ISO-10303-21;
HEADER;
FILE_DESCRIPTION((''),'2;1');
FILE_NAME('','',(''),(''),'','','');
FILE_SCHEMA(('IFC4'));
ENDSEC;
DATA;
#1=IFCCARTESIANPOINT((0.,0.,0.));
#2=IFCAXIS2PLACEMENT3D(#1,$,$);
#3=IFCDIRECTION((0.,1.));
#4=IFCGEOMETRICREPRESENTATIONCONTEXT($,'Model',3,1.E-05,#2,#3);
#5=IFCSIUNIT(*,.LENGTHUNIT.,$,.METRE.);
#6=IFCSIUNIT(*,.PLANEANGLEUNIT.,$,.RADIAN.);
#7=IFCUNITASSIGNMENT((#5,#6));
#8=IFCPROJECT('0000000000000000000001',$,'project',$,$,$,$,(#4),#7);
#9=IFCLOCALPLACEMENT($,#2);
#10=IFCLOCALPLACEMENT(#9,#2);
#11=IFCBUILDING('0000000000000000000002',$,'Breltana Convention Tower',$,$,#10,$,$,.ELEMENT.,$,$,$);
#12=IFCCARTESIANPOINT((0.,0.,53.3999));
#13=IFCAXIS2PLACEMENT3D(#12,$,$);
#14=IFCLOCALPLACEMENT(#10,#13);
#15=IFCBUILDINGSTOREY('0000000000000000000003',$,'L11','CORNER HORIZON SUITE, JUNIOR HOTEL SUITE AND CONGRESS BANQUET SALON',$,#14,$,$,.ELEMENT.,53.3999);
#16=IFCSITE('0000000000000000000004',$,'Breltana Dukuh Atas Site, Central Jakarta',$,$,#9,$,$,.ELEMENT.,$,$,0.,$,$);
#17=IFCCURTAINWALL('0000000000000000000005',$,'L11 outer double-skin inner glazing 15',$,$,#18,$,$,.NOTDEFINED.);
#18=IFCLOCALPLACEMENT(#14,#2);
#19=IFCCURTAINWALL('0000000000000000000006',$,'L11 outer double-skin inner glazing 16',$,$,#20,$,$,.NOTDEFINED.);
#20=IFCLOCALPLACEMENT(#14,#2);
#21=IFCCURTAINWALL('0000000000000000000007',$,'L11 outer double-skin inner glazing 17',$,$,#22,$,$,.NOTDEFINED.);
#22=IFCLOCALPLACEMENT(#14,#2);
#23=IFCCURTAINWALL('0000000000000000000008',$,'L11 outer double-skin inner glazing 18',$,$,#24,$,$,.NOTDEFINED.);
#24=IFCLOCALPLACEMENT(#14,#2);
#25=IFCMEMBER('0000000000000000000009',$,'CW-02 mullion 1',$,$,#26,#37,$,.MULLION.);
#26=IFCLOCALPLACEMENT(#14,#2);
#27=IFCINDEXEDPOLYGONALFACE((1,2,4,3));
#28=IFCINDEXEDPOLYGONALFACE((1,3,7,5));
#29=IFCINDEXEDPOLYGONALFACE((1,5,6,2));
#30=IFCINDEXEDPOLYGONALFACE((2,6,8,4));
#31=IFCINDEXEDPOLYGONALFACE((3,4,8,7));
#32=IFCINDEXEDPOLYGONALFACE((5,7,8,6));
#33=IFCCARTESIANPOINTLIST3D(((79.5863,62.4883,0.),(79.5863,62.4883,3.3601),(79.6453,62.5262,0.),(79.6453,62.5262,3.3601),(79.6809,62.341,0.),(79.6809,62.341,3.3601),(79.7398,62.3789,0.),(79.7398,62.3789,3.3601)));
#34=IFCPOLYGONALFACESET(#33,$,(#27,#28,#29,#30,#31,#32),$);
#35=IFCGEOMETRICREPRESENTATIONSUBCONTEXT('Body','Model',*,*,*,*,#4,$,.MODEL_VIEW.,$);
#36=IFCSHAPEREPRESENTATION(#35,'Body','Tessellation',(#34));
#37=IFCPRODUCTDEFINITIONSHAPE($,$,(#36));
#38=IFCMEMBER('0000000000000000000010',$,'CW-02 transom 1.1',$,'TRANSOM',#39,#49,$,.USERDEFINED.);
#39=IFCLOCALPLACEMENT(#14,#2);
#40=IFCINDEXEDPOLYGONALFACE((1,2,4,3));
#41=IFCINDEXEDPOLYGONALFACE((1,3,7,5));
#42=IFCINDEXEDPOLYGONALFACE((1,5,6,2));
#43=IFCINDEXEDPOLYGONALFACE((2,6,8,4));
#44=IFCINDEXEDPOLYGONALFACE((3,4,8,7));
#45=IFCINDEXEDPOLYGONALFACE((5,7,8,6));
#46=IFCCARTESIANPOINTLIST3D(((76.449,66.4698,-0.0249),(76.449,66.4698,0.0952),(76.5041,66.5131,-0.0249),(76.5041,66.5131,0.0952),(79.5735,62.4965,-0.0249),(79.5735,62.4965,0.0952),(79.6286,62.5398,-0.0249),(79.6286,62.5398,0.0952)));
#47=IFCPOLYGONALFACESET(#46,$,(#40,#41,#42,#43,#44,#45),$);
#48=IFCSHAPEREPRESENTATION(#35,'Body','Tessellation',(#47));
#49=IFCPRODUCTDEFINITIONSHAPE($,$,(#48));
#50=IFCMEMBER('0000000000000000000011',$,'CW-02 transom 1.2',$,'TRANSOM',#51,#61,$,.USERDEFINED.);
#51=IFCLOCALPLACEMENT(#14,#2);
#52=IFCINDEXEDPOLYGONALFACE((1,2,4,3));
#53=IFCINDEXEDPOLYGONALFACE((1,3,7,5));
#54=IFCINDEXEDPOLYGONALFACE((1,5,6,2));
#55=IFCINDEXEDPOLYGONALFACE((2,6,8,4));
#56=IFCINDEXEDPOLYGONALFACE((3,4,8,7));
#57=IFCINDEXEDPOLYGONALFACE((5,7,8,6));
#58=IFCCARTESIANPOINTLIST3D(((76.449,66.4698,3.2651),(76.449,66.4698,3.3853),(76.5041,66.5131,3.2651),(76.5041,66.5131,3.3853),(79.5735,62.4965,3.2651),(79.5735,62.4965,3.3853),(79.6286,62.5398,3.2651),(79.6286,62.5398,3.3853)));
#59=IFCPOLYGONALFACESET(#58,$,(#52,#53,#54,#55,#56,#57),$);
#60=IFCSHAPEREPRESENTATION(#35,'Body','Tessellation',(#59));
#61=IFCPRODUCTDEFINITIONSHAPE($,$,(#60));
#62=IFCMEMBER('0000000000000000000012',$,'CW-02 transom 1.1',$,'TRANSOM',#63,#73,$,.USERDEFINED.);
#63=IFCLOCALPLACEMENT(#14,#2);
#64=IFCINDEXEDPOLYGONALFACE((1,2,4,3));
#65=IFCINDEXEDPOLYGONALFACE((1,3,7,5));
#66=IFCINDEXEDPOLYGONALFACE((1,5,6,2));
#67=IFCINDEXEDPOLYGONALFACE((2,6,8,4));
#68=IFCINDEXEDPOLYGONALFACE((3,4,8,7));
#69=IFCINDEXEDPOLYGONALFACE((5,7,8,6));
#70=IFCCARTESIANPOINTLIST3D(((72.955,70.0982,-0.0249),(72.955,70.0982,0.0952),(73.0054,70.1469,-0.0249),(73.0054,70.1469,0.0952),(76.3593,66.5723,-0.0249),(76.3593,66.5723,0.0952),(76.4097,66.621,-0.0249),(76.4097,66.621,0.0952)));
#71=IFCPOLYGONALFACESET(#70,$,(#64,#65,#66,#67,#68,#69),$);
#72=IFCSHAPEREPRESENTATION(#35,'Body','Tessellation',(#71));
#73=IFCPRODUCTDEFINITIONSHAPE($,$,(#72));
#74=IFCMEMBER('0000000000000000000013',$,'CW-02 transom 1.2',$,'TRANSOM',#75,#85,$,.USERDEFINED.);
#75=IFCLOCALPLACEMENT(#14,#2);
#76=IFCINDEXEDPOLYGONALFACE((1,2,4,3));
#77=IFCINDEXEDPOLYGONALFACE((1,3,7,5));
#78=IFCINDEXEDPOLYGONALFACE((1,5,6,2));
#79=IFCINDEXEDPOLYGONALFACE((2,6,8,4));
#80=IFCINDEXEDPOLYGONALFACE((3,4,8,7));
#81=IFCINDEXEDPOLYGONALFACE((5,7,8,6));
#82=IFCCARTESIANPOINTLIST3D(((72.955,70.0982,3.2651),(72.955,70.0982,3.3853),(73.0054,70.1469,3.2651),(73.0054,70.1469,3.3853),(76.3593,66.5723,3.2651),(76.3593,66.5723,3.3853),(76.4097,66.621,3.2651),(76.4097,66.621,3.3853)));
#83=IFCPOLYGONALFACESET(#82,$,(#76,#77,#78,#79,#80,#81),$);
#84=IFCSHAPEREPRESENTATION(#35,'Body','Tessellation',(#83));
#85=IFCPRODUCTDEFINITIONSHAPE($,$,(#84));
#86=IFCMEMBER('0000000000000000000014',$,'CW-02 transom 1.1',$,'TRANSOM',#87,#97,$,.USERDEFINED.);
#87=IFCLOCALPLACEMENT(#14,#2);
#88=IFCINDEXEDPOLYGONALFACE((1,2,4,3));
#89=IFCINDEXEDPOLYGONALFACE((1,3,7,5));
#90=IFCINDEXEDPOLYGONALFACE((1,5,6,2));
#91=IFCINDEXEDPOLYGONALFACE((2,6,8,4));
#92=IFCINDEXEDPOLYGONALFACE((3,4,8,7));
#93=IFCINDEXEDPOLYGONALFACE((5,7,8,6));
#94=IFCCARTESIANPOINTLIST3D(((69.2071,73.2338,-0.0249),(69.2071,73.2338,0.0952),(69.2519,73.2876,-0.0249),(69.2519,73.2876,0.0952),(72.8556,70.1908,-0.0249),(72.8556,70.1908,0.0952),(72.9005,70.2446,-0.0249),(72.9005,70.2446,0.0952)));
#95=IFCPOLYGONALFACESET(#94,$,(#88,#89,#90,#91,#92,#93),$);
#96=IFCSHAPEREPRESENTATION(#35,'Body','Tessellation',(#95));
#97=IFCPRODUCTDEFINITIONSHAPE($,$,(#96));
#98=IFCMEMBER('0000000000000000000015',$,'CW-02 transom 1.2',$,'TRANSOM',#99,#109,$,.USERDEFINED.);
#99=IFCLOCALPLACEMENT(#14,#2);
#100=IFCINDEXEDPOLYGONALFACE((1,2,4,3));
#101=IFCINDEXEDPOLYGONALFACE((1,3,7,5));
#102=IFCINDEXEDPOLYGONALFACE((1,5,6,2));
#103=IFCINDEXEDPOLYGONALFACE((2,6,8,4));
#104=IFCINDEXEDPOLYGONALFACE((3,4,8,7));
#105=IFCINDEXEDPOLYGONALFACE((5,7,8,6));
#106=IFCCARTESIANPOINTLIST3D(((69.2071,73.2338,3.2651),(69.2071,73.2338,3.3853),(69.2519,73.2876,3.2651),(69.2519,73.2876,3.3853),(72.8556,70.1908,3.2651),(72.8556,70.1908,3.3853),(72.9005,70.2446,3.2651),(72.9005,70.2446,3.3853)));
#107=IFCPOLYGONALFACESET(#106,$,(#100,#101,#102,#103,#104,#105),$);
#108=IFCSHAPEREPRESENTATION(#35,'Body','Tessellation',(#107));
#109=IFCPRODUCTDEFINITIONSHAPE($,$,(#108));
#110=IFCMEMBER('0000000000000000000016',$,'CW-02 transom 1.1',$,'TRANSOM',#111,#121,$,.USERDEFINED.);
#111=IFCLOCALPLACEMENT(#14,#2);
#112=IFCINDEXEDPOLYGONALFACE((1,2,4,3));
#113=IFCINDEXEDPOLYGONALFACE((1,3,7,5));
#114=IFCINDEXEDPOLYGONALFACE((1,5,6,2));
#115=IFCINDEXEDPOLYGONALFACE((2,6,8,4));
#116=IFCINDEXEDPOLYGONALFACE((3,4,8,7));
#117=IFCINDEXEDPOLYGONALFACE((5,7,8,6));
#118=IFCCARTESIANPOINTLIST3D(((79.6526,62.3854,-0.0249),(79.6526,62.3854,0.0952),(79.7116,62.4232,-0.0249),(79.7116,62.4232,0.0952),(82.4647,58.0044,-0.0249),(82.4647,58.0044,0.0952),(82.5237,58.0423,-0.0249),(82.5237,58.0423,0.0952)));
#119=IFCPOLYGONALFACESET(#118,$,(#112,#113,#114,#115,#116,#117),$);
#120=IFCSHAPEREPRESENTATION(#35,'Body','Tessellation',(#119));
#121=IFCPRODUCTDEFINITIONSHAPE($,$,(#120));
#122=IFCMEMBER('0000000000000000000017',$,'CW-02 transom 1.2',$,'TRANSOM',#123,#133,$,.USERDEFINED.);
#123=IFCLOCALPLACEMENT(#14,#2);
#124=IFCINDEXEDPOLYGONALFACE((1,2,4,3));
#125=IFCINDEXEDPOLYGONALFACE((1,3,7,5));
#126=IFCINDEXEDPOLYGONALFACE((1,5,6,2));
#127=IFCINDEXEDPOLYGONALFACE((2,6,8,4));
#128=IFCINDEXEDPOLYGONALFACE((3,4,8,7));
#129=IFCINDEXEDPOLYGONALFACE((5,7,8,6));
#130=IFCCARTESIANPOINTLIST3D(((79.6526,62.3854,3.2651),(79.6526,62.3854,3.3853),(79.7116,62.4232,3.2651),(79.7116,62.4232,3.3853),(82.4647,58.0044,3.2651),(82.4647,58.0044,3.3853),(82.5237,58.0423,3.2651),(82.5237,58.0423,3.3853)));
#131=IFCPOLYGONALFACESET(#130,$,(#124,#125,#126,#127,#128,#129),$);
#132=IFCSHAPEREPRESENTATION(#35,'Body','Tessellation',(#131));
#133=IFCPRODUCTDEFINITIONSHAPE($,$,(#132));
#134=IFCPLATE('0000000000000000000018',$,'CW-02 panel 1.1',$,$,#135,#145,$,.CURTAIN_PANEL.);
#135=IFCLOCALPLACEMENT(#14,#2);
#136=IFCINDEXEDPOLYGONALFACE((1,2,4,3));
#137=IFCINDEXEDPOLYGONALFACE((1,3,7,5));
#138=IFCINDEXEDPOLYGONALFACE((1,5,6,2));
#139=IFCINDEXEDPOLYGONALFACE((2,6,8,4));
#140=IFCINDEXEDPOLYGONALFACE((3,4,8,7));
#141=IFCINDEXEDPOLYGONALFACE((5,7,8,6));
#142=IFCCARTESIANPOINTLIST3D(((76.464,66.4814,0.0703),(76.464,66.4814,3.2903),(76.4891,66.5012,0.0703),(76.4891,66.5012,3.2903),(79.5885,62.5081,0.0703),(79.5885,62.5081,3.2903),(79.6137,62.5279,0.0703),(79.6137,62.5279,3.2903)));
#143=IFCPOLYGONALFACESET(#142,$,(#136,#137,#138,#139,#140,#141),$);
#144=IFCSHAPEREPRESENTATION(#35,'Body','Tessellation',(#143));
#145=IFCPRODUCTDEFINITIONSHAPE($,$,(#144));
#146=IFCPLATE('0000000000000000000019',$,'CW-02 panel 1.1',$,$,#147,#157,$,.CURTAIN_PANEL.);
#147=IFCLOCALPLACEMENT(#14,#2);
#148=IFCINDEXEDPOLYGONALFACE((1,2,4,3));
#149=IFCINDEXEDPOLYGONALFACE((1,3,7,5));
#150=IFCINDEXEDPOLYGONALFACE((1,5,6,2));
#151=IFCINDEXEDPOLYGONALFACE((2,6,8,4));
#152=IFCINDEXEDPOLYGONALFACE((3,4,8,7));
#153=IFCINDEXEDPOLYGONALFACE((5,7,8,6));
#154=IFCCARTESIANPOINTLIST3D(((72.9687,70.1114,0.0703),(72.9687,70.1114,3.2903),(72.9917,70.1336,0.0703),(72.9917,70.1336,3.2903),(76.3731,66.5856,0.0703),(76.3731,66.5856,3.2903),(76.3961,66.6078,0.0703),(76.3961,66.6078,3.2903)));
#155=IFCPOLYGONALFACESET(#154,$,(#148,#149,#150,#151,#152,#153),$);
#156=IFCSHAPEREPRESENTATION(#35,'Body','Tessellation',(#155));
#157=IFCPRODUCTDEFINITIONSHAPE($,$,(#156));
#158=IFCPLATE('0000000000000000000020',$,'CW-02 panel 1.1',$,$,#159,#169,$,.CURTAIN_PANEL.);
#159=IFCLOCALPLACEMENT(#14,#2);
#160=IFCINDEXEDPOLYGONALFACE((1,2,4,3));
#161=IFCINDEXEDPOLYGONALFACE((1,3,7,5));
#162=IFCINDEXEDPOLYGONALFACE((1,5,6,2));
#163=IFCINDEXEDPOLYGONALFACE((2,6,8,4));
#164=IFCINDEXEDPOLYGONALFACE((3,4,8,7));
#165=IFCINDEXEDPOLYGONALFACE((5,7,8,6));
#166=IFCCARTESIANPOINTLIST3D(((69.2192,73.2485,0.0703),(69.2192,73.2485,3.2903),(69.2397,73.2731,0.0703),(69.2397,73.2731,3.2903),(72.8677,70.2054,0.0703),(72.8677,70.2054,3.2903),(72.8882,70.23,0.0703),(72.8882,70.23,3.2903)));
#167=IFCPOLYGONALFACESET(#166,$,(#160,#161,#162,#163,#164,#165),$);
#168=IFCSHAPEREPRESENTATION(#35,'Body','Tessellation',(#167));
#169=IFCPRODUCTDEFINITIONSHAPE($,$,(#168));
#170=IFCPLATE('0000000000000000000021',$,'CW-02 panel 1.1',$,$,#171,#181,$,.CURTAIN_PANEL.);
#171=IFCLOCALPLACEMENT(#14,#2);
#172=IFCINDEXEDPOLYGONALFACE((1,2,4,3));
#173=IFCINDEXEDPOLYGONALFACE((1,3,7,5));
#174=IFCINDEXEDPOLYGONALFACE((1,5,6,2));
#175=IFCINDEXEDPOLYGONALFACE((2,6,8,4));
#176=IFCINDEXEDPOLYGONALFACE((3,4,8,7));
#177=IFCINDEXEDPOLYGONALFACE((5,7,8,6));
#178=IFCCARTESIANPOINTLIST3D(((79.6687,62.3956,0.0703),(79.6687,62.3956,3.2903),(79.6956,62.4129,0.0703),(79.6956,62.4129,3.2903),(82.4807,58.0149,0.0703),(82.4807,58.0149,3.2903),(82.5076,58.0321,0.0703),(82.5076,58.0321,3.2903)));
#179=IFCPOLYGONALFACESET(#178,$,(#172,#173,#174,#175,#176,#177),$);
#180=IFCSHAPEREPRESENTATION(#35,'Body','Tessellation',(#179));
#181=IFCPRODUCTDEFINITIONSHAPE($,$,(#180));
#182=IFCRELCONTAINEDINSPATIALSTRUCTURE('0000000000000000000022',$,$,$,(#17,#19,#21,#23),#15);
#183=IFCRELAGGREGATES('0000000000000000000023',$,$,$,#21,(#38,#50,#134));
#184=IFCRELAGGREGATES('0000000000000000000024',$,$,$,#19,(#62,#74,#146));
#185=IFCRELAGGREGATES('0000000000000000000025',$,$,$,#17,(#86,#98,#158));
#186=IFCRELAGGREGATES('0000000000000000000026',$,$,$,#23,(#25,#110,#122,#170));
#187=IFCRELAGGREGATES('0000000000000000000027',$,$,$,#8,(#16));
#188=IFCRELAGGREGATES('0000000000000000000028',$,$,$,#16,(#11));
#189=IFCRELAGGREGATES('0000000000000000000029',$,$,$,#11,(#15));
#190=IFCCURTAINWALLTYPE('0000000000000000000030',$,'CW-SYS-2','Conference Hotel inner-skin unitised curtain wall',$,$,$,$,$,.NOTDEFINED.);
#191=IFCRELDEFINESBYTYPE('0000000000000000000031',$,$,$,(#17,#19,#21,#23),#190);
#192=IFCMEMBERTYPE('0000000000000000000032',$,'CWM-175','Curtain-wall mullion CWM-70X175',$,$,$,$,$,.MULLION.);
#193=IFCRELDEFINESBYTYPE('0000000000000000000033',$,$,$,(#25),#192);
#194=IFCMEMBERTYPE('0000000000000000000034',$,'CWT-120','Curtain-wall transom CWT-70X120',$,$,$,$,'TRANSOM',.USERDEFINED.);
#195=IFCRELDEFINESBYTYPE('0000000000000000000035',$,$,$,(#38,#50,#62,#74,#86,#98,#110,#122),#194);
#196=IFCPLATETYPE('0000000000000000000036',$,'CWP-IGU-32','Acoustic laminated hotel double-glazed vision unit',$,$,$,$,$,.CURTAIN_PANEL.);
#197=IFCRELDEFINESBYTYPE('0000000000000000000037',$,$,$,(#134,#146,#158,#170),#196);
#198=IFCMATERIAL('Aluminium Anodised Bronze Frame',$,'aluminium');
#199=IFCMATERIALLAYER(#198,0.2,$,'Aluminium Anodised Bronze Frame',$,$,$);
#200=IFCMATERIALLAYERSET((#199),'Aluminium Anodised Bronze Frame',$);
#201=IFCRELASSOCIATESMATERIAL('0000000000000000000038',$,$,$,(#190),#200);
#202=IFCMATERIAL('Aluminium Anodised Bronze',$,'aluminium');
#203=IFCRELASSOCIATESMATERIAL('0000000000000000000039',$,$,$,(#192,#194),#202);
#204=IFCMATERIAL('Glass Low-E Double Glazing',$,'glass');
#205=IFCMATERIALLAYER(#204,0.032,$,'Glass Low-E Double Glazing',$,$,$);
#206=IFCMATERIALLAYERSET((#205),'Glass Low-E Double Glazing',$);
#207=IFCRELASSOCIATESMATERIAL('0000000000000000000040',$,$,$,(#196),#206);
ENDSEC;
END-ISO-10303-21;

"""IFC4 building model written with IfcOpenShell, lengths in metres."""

from ifc_helpers import new_model, si_unit, direction, frame, origin, origin_2d, place, context, subcontext, project, spatial, rectangle, extrude, source, transform, mapped, material, layer, layer_set, material_profile, profile_set, type_object, type_shapes, element, aggregate, save


model = new_model("IFC4")

# Units and contexts
model_context = context("Model", 3, precision=1e-05, world=origin(), true_north=direction((0.0, 1.0)))
body_context = subcontext(model_context, "Body", "Model", "MODEL_VIEW")
ifc_project = project(units=[si_unit("LENGTHUNIT", "METRE"), si_unit("PLANEANGLEUNIT", "RADIAN")], contexts=[model_context])

# Site, building, storey
site_placement = place(None, origin())
site = spatial("IfcSite", under=ifc_project, at=site_placement, Name="Breltana Dukuh Atas Site, Central Jakarta", CompositionType="ELEMENT", RefElevation=0.0)
building_placement = place(site_placement, origin())
building = spatial("IfcBuilding", under=site, at=building_placement, Name="Breltana Convention Tower", CompositionType="ELEMENT")
storey_placement = place(building_placement, frame((0.0, 0.0, 53.3999)))
storey = spatial("IfcBuildingStorey", under=building, at=storey_placement, Name="L11", Description="CORNER HORIZON SUITE, JUNIOR HOTEL SUITE AND CONGRESS BANQUET SALON", CompositionType="ELEMENT", Elevation=53.3999)

# Shared definitions
ifc_material_1 = material(Name="Aluminium Anodised Bronze Frame", Category="aluminium")
ifc_layer_1 = layer(ifc_material_1, 0.2, Name="Aluminium Anodised Bronze Frame")
ifc_layer_set_1 = layer_set([ifc_layer_1], Name="Aluminium Anodised Bronze Frame")
curtain_wall_type = type_object("IfcCurtainWallType", Name="CW-SYS-2", Description="Conference Hotel inner-skin unitised curtain wall", PredefinedType="NOTDEFINED", material=ifc_layer_set_1)
ifc_material_2 = material(Name="Aluminium Anodised Bronze", Category="aluminium")
ifc_material_profile_1 = material_profile(ifc_material_2, rectangle(XDim=0.0701, YDim=0.175, at=origin_2d()), Name="CWM-70X175")
ifc_profile_set_1 = profile_set([ifc_material_profile_1], Name="Aluminium Anodised Bronze")
member_type_1 = type_object("IfcMemberType", Name="CWM-175", Description="Curtain-wall mullion CWM-70X175", PredefinedType="MULLION", material=ifc_profile_set_1)
shared_shape_1 = source(origin(), body_context, "Body", "SweptSolid", [
    extrude(rectangle(XDim=0.0701, YDim=0.175, at=origin_2d()), origin(), (0.0, 0.0, 1.0), 3.3601),
])
type_shapes(member_type_1, [shared_shape_1])

# Curtain walls
curtain_wall_1_placement = place(storey_placement, origin())
curtain_wall_1 = element("IfcCurtainWall", 1, at=curtain_wall_1_placement, inside=storey, type_object=curtain_wall_type, Name="L11 outer double-skin inner glazing 15", PredefinedType="NOTDEFINED")
curtain_wall_2_placement = place(storey_placement, origin())
curtain_wall_2 = element("IfcCurtainWall", 2, at=curtain_wall_2_placement, inside=storey, type_object=curtain_wall_type, Name="L11 outer double-skin inner glazing 16", PredefinedType="NOTDEFINED")
curtain_wall_3_placement = place(storey_placement, origin())
curtain_wall_3 = element("IfcCurtainWall", 3, at=curtain_wall_3_placement, inside=storey, type_object=curtain_wall_type, Name="L11 outer double-skin inner glazing 17", PredefinedType="NOTDEFINED")

# Curtain wall, member
curtain_wall_4_placement = place(storey_placement, origin())
curtain_wall_4 = element("IfcCurtainWall", 4, at=curtain_wall_4_placement, inside=storey, type_object=curtain_wall_type, Name="L11 outer double-skin inner glazing 18", PredefinedType="NOTDEFINED")
member_1_placement = place(storey_placement, frame((79.6631, 62.4336, 0.0), z_axis=(0.0, 0.0, 1.0), x_axis=(0.841549, 0.540181, 0.0)))
member_1 = element("IfcMember", 5, at=member_1_placement, type_object=member_type_1, Name="CW-02 mullion 1", PredefinedType="MULLION", context=body_context, shape_type="MappedRepresentation", body=[
    mapped(shared_shape_1, transform((0.0, 0.0, 0.0), scale=1.0)),
])

# Members
ifc_material_profile_2 = material_profile(ifc_material_2, rectangle(XDim=0.0701, YDim=0.1201, at=origin_2d()), Name="CWT-70X120")
ifc_profile_set_2 = profile_set([ifc_material_profile_2], Name="Aluminium Anodised Bronze")
member_type_2 = type_object("IfcMemberType", Name="CWT-120", Description="Curtain-wall transom CWT-70X120", ElementType="TRANSOM", PredefinedType="USERDEFINED", material=ifc_profile_set_2)
shared_shape_2 = source(origin(), body_context, "Body", "SweptSolid", [
    extrude(rectangle(XDim=0.0701, YDim=0.1201, at=origin_2d()), origin(), (0.0, 0.0, 1.0), 5.0547),
])
member_2_placement = place(storey_placement, frame((76.4766, 66.4915, 0.0352), z_axis=(0.618135, -0.786072, 0.0), x_axis=(0.786072, 0.618135, 0.0)))
member_2 = element("IfcMember", 6, at=member_2_placement, type_object=member_type_2, Name="CW-02 transom 1.1", ObjectType="TRANSOM", PredefinedType="USERDEFINED", context=body_context, shape_type="MappedRepresentation", body=[
    mapped(shared_shape_2, transform((0.0, 0.0, 0.0), scale=1.0)),
])
member_3_placement = place(storey_placement, frame((76.4766, 66.4915, 3.3252), z_axis=(0.618135, -0.786072, 0.0), x_axis=(0.786072, 0.618135, 0.0)))
member_3 = element("IfcMember", 7, at=member_3_placement, type_object=member_type_2, Name="CW-02 transom 1.2", ObjectType="TRANSOM", PredefinedType="USERDEFINED", context=body_context, shape_type="MappedRepresentation", body=[
    mapped(shared_shape_2, transform((0.0, 0.0, 0.0), scale=1.0)),
])
shared_shape_3 = source(origin(), body_context, "Body", "SweptSolid", [
    extrude(rectangle(XDim=0.0701, YDim=0.1201, at=origin_2d()), origin(), (0.0, 0.0, 1.0), 4.9011),
])
member_4_placement = place(storey_placement, frame((72.9802, 70.1226, 0.0352), z_axis=(0.694595, -0.719401, 0.0), x_axis=(0.719401, 0.694595, 0.0)))
member_4 = element("IfcMember", 8, at=member_4_placement, type_object=member_type_2, Name="CW-02 transom 1.1", ObjectType="TRANSOM", PredefinedType="USERDEFINED", context=body_context, shape_type="MappedRepresentation", body=[
    mapped(shared_shape_3, transform((0.0, 0.0, 0.0), scale=1.0)),
])
member_5_placement = place(storey_placement, frame((72.9802, 70.1226, 3.3252), z_axis=(0.694595, -0.719401, 0.0), x_axis=(0.719401, 0.694595, 0.0)))
member_5 = element("IfcMember", 9, at=member_5_placement, type_object=member_type_2, Name="CW-02 transom 1.2", ObjectType="TRANSOM", PredefinedType="USERDEFINED", context=body_context, shape_type="MappedRepresentation", body=[
    mapped(shared_shape_3, transform((0.0, 0.0, 0.0), scale=1.0)),
])
shared_shape_4 = source(origin(), body_context, "Body", "SweptSolid", [
    extrude(rectangle(XDim=0.0701, YDim=0.1201, at=origin_2d()), origin(), (0.0, 0.0, 1.0), 4.751),
])
member_6_placement = place(storey_placement, frame((69.2295, 73.2607, 0.0352), z_axis=(0.767952, -0.640508, 0.0), x_axis=(0.640508, 0.767952, 0.0)))
member_6 = element("IfcMember", 10, at=member_6_placement, type_object=member_type_2, Name="CW-02 transom 1.1", ObjectType="TRANSOM", PredefinedType="USERDEFINED", context=body_context, shape_type="MappedRepresentation", body=[
    mapped(shared_shape_4, transform((0.0, 0.0, 0.0), scale=1.0)),
])
member_7_placement = place(storey_placement, frame((69.2295, 73.2607, 3.3252), z_axis=(0.767952, -0.640508, 0.0), x_axis=(0.640508, 0.767952, 0.0)))
member_7 = element("IfcMember", 11, at=member_7_placement, type_object=member_type_2, Name="CW-02 transom 1.2", ObjectType="TRANSOM", PredefinedType="USERDEFINED", context=body_context, shape_type="MappedRepresentation", body=[
    mapped(shared_shape_4, transform((0.0, 0.0, 0.0), scale=1.0)),
])
shared_shape_5 = source(origin(), body_context, "Body", "SweptSolid", [
    extrude(rectangle(XDim=0.0701, YDim=0.1201, at=origin_2d()), origin(), (0.0, 0.0, 1.0), 5.2058),
])
member_8_placement = place(storey_placement, frame((79.6821, 62.4043, 0.0352), z_axis=(0.540179, -0.84155, 0.0), x_axis=(0.84155, 0.540179, 0.0)))
member_8 = element("IfcMember", 12, at=member_8_placement, type_object=member_type_2, Name="CW-02 transom 1.1", ObjectType="TRANSOM", PredefinedType="USERDEFINED", context=body_context, shape_type="MappedRepresentation", body=[
    mapped(shared_shape_5, transform((0.0, 0.0, 0.0), scale=1.0)),
])
member_9_placement = place(storey_placement, frame((79.6821, 62.4043, 3.3252), z_axis=(0.540179, -0.84155, 0.0), x_axis=(0.84155, 0.540179, 0.0)))
member_9 = element("IfcMember", 13, at=member_9_placement, type_object=member_type_2, Name="CW-02 transom 1.2", ObjectType="TRANSOM", PredefinedType="USERDEFINED", context=body_context, shape_type="MappedRepresentation", body=[
    mapped(shared_shape_5, transform((0.0, 0.0, 0.0), scale=1.0)),
])

# Plates
ifc_material_3 = material(Name="Glass Low-E Double Glazing", Category="glass")
ifc_layer_2 = layer(ifc_material_3, 0.032, Name="Glass Low-E Double Glazing")
ifc_layer_set_2 = layer_set([ifc_layer_2], Name="Glass Low-E Double Glazing")
plate_type = type_object("IfcPlateType", Name="CWP-IGU-32", Description="Acoustic laminated hotel double-glazed vision unit", PredefinedType="CURTAIN_PANEL", material=ifc_layer_set_2)
shared_shape_6 = source(origin(), body_context, "Body", "SweptSolid", [
    extrude(rectangle(XDim=5.0547, YDim=0.032, at=origin_2d()), origin(), (0.0, 0.0, 1.0), 3.22),
])
plate_1_placement = place(storey_placement, frame((78.0388, 64.5046, 0.0703), z_axis=(0.0, 0.0, 1.0), x_axis=(0.618154, -0.786057, 0.0)))
plate_1 = element("IfcPlate", 14, at=plate_1_placement, type_object=plate_type, Name="CW-02 panel 1.1", PredefinedType="CURTAIN_PANEL", context=body_context, shape_type="MappedRepresentation", body=[
    mapped(shared_shape_6, transform((0.0, 0.0, 0.0), scale=1.0)),
])
aggregate(curtain_wall_3, [member_2, member_3, plate_1])
shared_shape_7 = source(origin(), body_context, "Body", "SweptSolid", [
    extrude(rectangle(XDim=4.9011, YDim=0.032, at=origin_2d()), origin(), (0.0, 0.0, 1.0), 3.22),
])
plate_2_placement = place(storey_placement, frame((74.6824, 68.3596, 0.0703), z_axis=(0.0, 0.0, 1.0), x_axis=(0.69461, -0.719386, 0.0)))
plate_2 = element("IfcPlate", 15, at=plate_2_placement, type_object=plate_type, Name="CW-02 panel 1.1", PredefinedType="CURTAIN_PANEL", context=body_context, shape_type="MappedRepresentation", body=[
    mapped(shared_shape_7, transform((0.0, 0.0, 0.0), scale=1.0)),
])
aggregate(curtain_wall_2, [member_4, member_5, plate_2])
shared_shape_8 = source(origin(), body_context, "Body", "SweptSolid", [
    extrude(rectangle(XDim=4.751, YDim=0.032, at=origin_2d()), origin(), (0.0, 0.0, 1.0), 3.22),
])
plate_3_placement = place(storey_placement, frame((71.0537, 71.7393, 0.0703), z_axis=(0.0, 0.0, 1.0), x_axis=(0.767941, -0.64052, 0.0)))
plate_3 = element("IfcPlate", 16, at=plate_3_placement, type_object=plate_type, Name="CW-02 panel 1.1", PredefinedType="CURTAIN_PANEL", context=body_context, shape_type="MappedRepresentation", body=[
    mapped(shared_shape_8, transform((0.0, 0.0, 0.0), scale=1.0)),
])
aggregate(curtain_wall_1, [member_6, member_7, plate_3])
shared_shape_9 = source(origin(), body_context, "Body", "SweptSolid", [
    extrude(rectangle(XDim=5.2056, YDim=0.032, at=origin_2d()), origin(), (0.0, 0.0, 1.0), 3.22),
])
plate_4_placement = place(storey_placement, frame((81.0881, 60.2139, 0.0703), z_axis=(0.0, 0.0, 1.0), x_axis=(0.540181, -0.841549, 0.0)))
plate_4 = element("IfcPlate", 17, at=plate_4_placement, type_object=plate_type, Name="CW-02 panel 1.1", PredefinedType="CURTAIN_PANEL", context=body_context, shape_type="MappedRepresentation", body=[
    mapped(shared_shape_9, transform((0.0, 0.0, 0.0), scale=1.0)),
])
aggregate(curtain_wall_4, [member_1, member_8, member_9, plate_4])

save(model, "model.ifc")
